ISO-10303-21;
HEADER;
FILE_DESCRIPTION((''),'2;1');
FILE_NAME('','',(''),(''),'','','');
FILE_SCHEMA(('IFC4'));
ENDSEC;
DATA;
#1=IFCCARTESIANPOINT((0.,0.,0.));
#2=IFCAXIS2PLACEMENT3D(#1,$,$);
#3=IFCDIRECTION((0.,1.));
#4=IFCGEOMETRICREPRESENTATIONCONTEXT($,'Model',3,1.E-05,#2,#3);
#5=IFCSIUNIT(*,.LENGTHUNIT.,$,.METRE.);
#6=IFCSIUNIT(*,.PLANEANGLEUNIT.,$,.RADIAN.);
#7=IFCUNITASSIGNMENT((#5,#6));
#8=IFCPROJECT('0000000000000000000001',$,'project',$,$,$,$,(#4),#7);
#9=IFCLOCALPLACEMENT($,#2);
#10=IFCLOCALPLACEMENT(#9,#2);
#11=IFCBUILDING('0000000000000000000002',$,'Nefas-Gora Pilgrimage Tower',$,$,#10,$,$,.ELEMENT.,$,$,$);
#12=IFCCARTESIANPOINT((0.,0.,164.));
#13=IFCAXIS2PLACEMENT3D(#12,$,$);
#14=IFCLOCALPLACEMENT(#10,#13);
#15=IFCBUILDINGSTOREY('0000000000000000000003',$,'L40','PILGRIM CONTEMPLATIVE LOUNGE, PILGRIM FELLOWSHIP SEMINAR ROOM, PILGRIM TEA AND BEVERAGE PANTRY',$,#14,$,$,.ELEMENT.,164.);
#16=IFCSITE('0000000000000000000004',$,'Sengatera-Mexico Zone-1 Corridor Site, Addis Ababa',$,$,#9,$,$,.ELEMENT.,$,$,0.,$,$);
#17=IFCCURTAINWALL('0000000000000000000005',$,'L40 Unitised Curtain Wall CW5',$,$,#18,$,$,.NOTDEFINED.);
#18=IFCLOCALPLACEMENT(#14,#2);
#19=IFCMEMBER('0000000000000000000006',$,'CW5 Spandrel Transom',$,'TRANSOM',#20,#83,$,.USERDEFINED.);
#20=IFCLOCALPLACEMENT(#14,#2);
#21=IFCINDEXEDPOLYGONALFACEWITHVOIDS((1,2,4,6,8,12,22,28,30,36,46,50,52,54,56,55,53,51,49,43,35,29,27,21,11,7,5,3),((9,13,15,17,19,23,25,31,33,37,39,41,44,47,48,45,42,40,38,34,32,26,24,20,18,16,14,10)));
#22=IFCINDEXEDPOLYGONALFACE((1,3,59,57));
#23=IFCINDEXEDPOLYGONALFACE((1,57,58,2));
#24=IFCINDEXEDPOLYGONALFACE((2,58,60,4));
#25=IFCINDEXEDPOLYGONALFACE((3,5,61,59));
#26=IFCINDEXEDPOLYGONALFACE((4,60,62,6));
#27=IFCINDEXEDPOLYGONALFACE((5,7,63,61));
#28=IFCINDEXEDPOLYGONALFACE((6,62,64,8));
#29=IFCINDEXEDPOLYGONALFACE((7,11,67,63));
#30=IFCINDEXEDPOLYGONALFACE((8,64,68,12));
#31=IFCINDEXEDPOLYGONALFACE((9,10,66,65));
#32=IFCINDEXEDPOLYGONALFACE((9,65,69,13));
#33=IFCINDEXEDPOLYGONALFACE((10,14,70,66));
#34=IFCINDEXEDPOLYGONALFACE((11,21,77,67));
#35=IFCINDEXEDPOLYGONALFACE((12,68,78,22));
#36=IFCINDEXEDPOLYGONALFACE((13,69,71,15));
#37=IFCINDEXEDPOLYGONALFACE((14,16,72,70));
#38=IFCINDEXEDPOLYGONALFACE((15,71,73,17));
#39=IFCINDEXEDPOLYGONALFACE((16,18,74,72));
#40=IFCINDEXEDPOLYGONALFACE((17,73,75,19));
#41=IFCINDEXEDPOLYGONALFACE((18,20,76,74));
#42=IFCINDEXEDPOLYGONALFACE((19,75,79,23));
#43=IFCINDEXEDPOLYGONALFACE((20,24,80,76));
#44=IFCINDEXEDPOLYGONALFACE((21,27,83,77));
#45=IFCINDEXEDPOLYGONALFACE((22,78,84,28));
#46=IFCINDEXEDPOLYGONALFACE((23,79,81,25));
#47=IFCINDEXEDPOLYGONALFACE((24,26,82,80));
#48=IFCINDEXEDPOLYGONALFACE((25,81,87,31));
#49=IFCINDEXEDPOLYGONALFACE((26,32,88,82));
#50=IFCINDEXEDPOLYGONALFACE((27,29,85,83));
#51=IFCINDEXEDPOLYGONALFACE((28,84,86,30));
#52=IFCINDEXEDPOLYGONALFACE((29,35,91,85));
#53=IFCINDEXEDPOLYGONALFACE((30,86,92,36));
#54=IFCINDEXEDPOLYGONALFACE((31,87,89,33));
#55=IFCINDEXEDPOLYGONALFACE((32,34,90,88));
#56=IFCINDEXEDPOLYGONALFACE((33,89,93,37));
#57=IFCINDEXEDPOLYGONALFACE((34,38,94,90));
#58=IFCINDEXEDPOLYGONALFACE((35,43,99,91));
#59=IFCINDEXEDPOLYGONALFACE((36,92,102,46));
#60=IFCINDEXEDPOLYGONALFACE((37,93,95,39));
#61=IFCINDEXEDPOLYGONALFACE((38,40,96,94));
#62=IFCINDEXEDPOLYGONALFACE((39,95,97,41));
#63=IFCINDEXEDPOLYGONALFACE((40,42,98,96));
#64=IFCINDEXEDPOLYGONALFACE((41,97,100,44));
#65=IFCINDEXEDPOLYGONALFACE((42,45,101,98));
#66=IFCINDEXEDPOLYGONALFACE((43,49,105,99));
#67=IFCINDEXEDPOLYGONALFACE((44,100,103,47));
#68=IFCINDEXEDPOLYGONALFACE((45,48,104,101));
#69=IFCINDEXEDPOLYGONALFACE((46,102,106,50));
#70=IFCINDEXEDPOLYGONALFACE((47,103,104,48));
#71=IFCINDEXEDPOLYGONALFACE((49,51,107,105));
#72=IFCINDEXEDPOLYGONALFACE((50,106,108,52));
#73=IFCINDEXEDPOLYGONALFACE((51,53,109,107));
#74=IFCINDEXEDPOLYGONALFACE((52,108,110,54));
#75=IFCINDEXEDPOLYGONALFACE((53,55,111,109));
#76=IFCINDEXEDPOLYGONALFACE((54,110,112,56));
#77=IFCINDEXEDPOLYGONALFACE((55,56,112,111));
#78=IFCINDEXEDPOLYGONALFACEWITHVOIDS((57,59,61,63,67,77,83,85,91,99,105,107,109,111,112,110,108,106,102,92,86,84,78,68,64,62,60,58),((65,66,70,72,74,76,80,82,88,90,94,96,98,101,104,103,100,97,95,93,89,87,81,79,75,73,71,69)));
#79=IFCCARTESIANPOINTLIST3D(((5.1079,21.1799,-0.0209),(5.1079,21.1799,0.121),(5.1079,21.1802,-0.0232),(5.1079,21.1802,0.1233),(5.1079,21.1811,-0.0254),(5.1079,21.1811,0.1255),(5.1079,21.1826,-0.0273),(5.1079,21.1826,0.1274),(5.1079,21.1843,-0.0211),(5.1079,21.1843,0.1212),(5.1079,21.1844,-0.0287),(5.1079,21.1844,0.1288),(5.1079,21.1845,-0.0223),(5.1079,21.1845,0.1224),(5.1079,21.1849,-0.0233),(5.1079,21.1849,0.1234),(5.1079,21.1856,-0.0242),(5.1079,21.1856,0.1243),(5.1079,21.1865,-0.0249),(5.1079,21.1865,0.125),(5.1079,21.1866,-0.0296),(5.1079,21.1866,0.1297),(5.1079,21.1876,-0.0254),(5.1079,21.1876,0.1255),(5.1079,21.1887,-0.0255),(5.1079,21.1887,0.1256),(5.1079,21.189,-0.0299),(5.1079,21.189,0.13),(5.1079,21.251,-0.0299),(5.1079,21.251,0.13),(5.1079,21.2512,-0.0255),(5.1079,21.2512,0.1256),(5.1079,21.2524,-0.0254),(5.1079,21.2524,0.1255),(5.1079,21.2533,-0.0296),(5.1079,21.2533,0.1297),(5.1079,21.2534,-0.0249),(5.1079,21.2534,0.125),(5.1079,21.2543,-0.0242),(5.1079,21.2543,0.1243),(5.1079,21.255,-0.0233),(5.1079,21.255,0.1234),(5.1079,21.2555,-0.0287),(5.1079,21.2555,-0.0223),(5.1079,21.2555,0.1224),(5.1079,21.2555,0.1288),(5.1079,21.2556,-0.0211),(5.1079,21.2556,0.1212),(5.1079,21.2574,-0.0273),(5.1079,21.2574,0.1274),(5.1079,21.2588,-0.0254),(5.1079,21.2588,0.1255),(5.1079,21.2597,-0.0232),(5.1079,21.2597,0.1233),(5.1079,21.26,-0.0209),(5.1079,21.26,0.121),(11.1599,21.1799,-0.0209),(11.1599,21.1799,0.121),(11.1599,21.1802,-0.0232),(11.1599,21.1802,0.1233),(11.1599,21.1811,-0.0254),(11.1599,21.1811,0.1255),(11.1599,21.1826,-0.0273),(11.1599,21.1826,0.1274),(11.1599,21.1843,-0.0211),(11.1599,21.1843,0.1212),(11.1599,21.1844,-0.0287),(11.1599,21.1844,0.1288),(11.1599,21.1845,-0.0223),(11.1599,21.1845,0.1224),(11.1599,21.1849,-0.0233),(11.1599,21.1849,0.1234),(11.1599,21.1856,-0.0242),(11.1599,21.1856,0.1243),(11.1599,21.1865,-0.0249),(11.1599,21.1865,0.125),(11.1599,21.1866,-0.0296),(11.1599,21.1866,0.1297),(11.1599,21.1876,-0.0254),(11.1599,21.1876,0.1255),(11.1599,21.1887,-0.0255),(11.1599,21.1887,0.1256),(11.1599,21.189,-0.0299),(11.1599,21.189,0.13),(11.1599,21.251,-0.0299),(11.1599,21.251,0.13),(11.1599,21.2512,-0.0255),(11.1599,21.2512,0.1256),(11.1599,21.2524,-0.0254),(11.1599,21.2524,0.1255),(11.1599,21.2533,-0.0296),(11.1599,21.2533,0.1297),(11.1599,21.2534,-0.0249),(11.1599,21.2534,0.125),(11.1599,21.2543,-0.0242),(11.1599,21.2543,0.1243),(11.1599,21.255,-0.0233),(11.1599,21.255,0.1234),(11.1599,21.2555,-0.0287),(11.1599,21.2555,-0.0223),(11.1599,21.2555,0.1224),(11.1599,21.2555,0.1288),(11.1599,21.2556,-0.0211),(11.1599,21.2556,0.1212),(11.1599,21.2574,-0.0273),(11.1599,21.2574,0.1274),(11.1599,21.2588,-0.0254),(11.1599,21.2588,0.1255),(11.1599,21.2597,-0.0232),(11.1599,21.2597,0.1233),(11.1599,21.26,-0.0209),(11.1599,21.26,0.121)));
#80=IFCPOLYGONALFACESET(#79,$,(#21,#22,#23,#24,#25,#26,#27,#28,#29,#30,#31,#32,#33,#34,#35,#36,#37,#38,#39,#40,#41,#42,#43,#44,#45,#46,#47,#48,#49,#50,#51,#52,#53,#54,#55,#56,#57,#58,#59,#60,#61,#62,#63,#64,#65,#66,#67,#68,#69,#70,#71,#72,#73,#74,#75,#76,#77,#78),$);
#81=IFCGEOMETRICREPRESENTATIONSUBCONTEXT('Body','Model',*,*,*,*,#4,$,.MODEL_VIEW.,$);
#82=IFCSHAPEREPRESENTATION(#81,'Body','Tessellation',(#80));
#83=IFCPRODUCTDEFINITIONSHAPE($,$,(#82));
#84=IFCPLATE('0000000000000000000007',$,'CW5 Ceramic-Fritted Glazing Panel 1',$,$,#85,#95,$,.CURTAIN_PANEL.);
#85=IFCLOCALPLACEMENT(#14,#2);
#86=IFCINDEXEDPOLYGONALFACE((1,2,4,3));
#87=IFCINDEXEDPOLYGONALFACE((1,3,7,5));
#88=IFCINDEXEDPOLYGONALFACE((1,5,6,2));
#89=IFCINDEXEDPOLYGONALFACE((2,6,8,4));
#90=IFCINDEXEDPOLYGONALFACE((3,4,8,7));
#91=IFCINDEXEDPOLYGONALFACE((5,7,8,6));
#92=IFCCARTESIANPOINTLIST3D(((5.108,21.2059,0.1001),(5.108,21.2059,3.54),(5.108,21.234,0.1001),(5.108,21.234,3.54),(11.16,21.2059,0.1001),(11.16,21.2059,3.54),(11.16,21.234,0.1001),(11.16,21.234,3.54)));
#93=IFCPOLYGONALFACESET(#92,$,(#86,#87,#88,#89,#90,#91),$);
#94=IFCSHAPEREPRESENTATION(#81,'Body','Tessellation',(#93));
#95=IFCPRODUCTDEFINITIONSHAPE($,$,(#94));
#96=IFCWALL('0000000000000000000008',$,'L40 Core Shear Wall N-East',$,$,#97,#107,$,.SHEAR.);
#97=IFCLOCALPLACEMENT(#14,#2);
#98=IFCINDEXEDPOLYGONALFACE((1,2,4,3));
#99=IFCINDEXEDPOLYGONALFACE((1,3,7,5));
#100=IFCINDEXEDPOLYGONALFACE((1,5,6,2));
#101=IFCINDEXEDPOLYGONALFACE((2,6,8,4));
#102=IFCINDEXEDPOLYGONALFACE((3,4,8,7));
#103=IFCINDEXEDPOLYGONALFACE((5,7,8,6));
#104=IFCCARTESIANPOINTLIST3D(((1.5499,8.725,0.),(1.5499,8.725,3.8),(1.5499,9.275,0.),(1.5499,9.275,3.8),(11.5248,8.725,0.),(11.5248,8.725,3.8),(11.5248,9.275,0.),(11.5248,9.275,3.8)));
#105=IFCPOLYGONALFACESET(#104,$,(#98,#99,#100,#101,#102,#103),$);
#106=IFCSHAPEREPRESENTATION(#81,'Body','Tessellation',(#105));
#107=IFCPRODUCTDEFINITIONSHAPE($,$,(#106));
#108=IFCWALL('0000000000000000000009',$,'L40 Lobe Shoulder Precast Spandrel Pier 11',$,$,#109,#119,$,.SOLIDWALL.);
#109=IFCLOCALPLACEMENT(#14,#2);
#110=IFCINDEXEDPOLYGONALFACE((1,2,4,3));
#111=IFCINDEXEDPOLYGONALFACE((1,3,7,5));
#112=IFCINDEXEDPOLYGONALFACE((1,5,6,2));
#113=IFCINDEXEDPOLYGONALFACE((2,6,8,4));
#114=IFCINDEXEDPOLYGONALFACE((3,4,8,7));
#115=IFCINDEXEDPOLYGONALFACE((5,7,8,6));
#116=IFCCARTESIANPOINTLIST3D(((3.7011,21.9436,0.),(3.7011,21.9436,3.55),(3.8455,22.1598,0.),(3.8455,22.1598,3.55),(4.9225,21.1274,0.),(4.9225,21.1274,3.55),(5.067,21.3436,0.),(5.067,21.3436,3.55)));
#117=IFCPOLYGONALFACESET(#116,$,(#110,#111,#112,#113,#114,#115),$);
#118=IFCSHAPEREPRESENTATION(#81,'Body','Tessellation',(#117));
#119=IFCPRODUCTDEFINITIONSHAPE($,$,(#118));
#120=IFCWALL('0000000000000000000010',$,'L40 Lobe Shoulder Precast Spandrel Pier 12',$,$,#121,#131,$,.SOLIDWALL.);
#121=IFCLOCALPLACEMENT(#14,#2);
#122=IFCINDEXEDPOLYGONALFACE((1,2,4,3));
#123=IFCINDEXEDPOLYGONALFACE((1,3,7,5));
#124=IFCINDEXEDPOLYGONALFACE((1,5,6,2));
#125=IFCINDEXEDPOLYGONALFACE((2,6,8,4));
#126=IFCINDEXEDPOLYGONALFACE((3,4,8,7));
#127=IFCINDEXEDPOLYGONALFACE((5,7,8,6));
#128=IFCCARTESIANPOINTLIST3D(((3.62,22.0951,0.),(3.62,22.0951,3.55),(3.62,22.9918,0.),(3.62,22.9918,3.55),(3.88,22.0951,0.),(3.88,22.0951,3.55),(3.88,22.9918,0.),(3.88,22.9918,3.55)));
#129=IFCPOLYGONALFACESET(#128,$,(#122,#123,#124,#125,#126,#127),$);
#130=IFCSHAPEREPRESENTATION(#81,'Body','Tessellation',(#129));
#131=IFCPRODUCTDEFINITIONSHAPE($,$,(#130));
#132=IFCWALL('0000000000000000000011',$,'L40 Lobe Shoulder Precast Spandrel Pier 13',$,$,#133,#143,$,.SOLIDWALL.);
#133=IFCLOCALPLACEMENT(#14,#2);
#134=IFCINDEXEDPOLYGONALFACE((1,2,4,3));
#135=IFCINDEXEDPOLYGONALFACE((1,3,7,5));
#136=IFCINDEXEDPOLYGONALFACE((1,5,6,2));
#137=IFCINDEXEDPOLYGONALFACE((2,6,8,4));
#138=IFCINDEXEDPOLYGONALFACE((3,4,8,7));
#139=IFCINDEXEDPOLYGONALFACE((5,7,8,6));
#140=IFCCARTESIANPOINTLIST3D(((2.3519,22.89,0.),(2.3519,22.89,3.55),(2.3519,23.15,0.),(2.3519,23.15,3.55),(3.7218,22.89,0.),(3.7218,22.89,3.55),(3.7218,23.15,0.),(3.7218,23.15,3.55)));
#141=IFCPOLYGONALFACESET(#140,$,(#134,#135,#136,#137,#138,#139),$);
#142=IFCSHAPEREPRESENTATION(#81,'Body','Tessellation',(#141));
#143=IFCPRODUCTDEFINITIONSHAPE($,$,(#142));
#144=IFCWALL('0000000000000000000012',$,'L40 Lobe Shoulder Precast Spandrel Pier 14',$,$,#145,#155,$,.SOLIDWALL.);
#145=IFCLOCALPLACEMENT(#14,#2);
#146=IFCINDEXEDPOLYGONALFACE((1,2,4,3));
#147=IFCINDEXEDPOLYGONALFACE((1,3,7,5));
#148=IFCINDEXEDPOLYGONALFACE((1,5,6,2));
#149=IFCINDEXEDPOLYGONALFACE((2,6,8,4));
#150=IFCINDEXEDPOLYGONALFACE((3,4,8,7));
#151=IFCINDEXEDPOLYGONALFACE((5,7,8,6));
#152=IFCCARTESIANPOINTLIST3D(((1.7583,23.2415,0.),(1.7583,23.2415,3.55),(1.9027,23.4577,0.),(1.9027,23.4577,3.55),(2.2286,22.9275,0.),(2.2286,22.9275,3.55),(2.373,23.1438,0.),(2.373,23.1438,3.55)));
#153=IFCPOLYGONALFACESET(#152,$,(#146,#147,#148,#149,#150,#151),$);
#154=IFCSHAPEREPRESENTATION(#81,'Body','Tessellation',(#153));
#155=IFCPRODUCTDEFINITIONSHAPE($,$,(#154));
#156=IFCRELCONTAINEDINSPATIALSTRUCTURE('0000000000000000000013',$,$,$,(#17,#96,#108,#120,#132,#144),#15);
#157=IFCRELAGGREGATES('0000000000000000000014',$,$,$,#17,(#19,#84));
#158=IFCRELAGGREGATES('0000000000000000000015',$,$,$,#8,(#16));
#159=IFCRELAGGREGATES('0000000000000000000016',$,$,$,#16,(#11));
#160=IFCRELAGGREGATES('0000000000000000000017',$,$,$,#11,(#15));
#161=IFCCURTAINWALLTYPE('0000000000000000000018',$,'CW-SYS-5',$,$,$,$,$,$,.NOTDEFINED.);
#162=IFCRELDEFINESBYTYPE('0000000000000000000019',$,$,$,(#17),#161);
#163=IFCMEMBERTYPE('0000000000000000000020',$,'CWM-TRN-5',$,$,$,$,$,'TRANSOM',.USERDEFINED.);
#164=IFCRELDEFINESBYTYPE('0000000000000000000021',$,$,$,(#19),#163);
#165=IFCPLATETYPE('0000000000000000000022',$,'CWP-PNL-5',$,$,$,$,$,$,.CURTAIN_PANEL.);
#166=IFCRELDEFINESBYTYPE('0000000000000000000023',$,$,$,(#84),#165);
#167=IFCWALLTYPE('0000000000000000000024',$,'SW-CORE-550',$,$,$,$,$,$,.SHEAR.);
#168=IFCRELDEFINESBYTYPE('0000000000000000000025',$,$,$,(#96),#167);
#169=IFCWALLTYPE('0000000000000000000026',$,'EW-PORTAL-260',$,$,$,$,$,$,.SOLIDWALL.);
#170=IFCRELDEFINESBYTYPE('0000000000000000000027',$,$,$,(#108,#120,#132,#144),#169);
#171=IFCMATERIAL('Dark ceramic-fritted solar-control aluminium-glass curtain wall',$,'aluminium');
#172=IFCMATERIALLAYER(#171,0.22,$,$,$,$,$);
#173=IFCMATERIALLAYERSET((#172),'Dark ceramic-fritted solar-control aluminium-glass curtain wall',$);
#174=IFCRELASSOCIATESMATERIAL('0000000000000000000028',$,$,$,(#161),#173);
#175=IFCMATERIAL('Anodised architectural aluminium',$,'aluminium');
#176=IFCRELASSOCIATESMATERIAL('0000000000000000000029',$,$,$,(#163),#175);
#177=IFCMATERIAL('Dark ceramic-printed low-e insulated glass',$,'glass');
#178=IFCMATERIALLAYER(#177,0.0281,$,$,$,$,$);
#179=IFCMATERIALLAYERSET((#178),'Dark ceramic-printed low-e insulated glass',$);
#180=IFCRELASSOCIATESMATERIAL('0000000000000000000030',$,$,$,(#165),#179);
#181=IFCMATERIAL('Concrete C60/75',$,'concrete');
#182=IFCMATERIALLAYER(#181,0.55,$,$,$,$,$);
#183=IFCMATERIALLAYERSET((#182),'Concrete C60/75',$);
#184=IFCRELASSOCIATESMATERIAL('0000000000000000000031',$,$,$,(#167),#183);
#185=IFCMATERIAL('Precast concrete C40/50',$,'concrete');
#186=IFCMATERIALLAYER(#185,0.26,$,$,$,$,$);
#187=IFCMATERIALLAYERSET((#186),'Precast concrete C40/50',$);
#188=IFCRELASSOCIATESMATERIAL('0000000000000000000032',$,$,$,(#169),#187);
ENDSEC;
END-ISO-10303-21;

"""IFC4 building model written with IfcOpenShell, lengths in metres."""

from ifc_helpers import new_model, si_unit, direction, frame, frame_2d, origin, origin_2d, place, context, subcontext, project, spatial, rectangle, hollow_rectangle, extrude, source, transform, mapped, material, layer, layer_set, material_profile, profile_set, type_object, element, aggregate, save


model = new_model("IFC4")

# Units and contexts
model_context = context("Model", 3, precision=1e-05, world=origin(), true_north=direction((0.0, 1.0)))
body_context = subcontext(model_context, "Body", "Model", "MODEL_VIEW")
ifc_project = project(units=[si_unit("LENGTHUNIT", "METRE"), si_unit("PLANEANGLEUNIT", "RADIAN")], contexts=[model_context])

# Site, building, storey
site_placement = place(None, origin())
site = spatial("IfcSite", under=ifc_project, at=site_placement, Name="Sengatera-Mexico Zone-1 Corridor Site, Addis Ababa", CompositionType="ELEMENT", RefElevation=0.0)
building_placement = place(site_placement, origin())
building = spatial("IfcBuilding", under=site, at=building_placement, Name="Nefas-Gora Pilgrimage Tower", CompositionType="ELEMENT")
storey_placement = place(building_placement, frame((0.0, 0.0, 164.0)))
storey = spatial("IfcBuildingStorey", under=building, at=storey_placement, Name="L40", Description="PILGRIM CONTEMPLATIVE LOUNGE, PILGRIM FELLOWSHIP SEMINAR ROOM, PILGRIM TEA AND BEVERAGE PANTRY", CompositionType="ELEMENT", Elevation=164.0)

# Curtain wall, member, plate
ifc_material_1 = material(Name="Dark ceramic-fritted solar-control aluminium-glass curtain wall", Category="aluminium")
ifc_layer_1 = layer(ifc_material_1, 0.22)
ifc_layer_set_1 = layer_set([ifc_layer_1], Name="Dark ceramic-fritted solar-control aluminium-glass curtain wall")
curtain_wall_type = type_object("IfcCurtainWallType", Name="CW-SYS-5", PredefinedType="NOTDEFINED", material=ifc_layer_set_1)
curtain_wall_placement = place(storey_placement, origin())
curtain_wall = element("IfcCurtainWall", 1, at=curtain_wall_placement, inside=storey, type_object=curtain_wall_type, Name="L40 Unitised Curtain Wall CW5", PredefinedType="NOTDEFINED")
ifc_material_2 = material(Name="Anodised architectural aluminium", Category="aluminium")
ifc_material_profile_1 = material_profile(ifc_material_2, hollow_rectangle(XDim=0.0801, YDim=0.1599, WallThickness=0.0044, InnerFilletRadius=0.0044, OuterFilletRadius=0.009, at=origin_2d()), Name="ALU TRANSOM 80x160")
ifc_profile_set_1 = profile_set([ifc_material_profile_1], Name="Anodised architectural aluminium")
member_type_1 = type_object("IfcMemberType", Name="CWM-TRN-5", ElementType="TRANSOM", PredefinedType="USERDEFINED", material=ifc_profile_set_1)
shared_shape_1 = source(origin(), body_context, "Body", "SweptSolid", [
    extrude(hollow_rectangle(XDim=0.0801, YDim=0.1599, WallThickness=0.0044, InnerFilletRadius=0.0044, OuterFilletRadius=0.009, at=origin_2d()), origin(), (0.0, 0.0, 1.0), 6.052),
])
member_1_placement = place(storey_placement, frame((11.1599, 21.22, 0.05), z_axis=(-1.0, 0.0, 0.0), x_axis=(0.0, -1.0, 0.0)))
member_1 = element("IfcMember", 2, at=member_1_placement, type_object=member_type_1, Name="CW5 Spandrel Transom", ObjectType="TRANSOM", PredefinedType="USERDEFINED", context=body_context, shape_type="MappedRepresentation", body=[
    mapped(shared_shape_1, transform((0.0, 0.0, 0.0), x_axis=(1.0, 0.0, 0.0), y_axis=(0.0, 1.0, 0.0), z_axis=(0.0, 0.0, 1.0), scale=1.0)),
])
ifc_material_3 = material(Name="Dark ceramic-printed low-e insulated glass", Category="glass")
ifc_layer_2 = layer(ifc_material_3, 0.0281)
ifc_layer_set_2 = layer_set([ifc_layer_2], Name="Dark ceramic-printed low-e insulated glass")
plate_type = type_object("IfcPlateType", Name="CWP-PNL-5", PredefinedType="CURTAIN_PANEL", material=ifc_layer_set_2)
shared_shape_2 = source(origin(), body_context, "Body", "SweptSolid", [
    extrude(rectangle(XDim=6.052, YDim=0.0281, at=origin_2d()), origin(), (0.0, 0.0, 1.0), 3.4399),
])
plate_placement = place(storey_placement, frame((8.134, 21.22, 0.1001), z_axis=(0.0, 0.0, 1.0), x_axis=(-1.0, 0.0, 0.0)))
plate = element("IfcPlate", 3, at=plate_placement, type_object=plate_type, Name="CW5 Ceramic-Fritted Glazing Panel 1", PredefinedType="CURTAIN_PANEL", context=body_context, shape_type="MappedRepresentation", body=[
    mapped(shared_shape_2, transform((0.0, 0.0, 0.0), x_axis=(1.0, 0.0, 0.0), y_axis=(0.0, 1.0, 0.0), z_axis=(0.0, 0.0, 1.0), scale=1.0)),
])
aggregate(curtain_wall, [member_1, plate])

# Walls
ifc_material_4 = material(Name="Concrete C60/75", Category="concrete")
ifc_layer_3 = layer(ifc_material_4, 0.55)
ifc_layer_set_3 = layer_set([ifc_layer_3], Name="Concrete C60/75")
wall_type_1 = type_object("IfcWallType", Name="SW-CORE-550", PredefinedType="SHEAR", material=ifc_layer_set_3)
shared_shape_3 = source(origin(), body_context, "Body", "SweptSolid", [
    extrude(rectangle(XDim=9.9749, YDim=0.55, at=frame_2d((4.9873, 0.0))), origin(), (0.0, 0.0, 1.0), 3.8),
])
wall_1_placement = place(storey_placement, frame((1.55, 9.0, 0.0), z_axis=(0.0, 0.0, 1.0), x_axis=(1.0, 0.0, 0.0)))
element("IfcWall", 4, at=wall_1_placement, inside=storey, type_object=wall_type_1, Name="L40 Core Shear Wall N-East", PredefinedType="SHEAR", context=body_context, shape_type="MappedRepresentation", body=[
    mapped(shared_shape_3, transform((0.0, 0.0, 0.0), x_axis=(1.0, 0.0, 0.0), y_axis=(0.0, 1.0, 0.0), z_axis=(0.0, 0.0, 1.0), scale=1.0)),
])
ifc_material_5 = material(Name="Precast concrete C40/50", Category="concrete")
ifc_layer_4 = layer(ifc_material_5, 0.26)
ifc_layer_set_4 = layer_set([ifc_layer_4], Name="Precast concrete C40/50")
wall_type_2 = type_object("IfcWallType", Name="EW-PORTAL-260", PredefinedType="SOLIDWALL", material=ifc_layer_set_4)
shared_shape_4 = source(origin(), body_context, "Body", "SweptSolid", [
    extrude(rectangle(XDim=1.469, YDim=0.26, at=frame_2d((0.7344, 0.0))), origin(), (0.0, 0.0, 1.0), 3.55),
])
wall_2_placement = place(storey_placement, frame((4.9946, 21.2356, 0.0), z_axis=(0.0, 0.0, 1.0), x_axis=(-0.831462, 0.555582, 0.0)))
element("IfcWall", 5, at=wall_2_placement, inside=storey, type_object=wall_type_2, Name="L40 Lobe Shoulder Precast Spandrel Pier 11", PredefinedType="SOLIDWALL", context=body_context, shape_type="MappedRepresentation", body=[
    mapped(shared_shape_4, transform((0.0, 0.0, 0.0), x_axis=(1.0, 0.0, 0.0), y_axis=(0.0, 1.0, 0.0), z_axis=(0.0, 0.0, 1.0), scale=1.0)),
])
shared_shape_5 = source(origin(), body_context, "Body", "SweptSolid", [
    extrude(rectangle(XDim=0.8967, YDim=0.26, at=frame_2d((0.4482, 0.0))), origin(), (0.0, 0.0, 1.0), 3.55),
])
wall_3_placement = place(storey_placement, frame((3.75, 22.0952, 0.0), z_axis=(0.0, 0.0, 1.0), x_axis=(0.0, 1.0, 0.0)))
element("IfcWall", 6, at=wall_3_placement, inside=storey, type_object=wall_type_2, Name="L40 Lobe Shoulder Precast Spandrel Pier 12", PredefinedType="SOLIDWALL", context=body_context, shape_type="MappedRepresentation", body=[
    mapped(shared_shape_5, transform((0.0, 0.0, 0.0), x_axis=(1.0, 0.0, 0.0), y_axis=(0.0, 1.0, 0.0), z_axis=(0.0, 0.0, 1.0), scale=1.0)),
])
shared_shape_6 = source(origin(), body_context, "Body", "SweptSolid", [
    extrude(rectangle(XDim=1.3699, YDim=0.26, at=frame_2d((0.6851, 0.0))), origin(), (0.0, 0.0, 1.0), 3.55),
])
wall_4_placement = place(storey_placement, frame((3.7219, 23.02, 0.0), z_axis=(0.0, 0.0, 1.0), x_axis=(-1.0, 0.0, 0.0)))
element("IfcWall", 7, at=wall_4_placement, inside=storey, type_object=wall_type_2, Name="L40 Lobe Shoulder Precast Spandrel Pier 13", PredefinedType="SOLIDWALL", context=body_context, shape_type="MappedRepresentation", body=[
    mapped(shared_shape_6, transform((0.0, 0.0, 0.0), x_axis=(1.0, 0.0, 0.0), y_axis=(0.0, 1.0, 0.0), z_axis=(0.0, 0.0, 1.0), scale=1.0)),
])
shared_shape_7 = source(origin(), body_context, "Body", "SweptSolid", [
    extrude(rectangle(XDim=0.5654, YDim=0.26, at=frame_2d((0.2827, 0.0))), origin(), (0.0, 0.0, 1.0), 3.55),
])
wall_5_placement = place(storey_placement, frame((2.3008, 23.0356, 0.0), z_axis=(0.0, 0.0, 1.0), x_axis=(-0.831651, 0.555298, 0.0)))
element("IfcWall", 8, at=wall_5_placement, inside=storey, type_object=wall_type_2, Name="L40 Lobe Shoulder Precast Spandrel Pier 14", PredefinedType="SOLIDWALL", context=body_context, shape_type="MappedRepresentation", body=[
    mapped(shared_shape_7, transform((0.0, 0.0, 0.0), x_axis=(1.0, 0.0, 0.0), y_axis=(0.0, 1.0, 0.0), z_axis=(0.0, 0.0, 1.0), scale=1.0)),
])

save(model, "model.ifc")
